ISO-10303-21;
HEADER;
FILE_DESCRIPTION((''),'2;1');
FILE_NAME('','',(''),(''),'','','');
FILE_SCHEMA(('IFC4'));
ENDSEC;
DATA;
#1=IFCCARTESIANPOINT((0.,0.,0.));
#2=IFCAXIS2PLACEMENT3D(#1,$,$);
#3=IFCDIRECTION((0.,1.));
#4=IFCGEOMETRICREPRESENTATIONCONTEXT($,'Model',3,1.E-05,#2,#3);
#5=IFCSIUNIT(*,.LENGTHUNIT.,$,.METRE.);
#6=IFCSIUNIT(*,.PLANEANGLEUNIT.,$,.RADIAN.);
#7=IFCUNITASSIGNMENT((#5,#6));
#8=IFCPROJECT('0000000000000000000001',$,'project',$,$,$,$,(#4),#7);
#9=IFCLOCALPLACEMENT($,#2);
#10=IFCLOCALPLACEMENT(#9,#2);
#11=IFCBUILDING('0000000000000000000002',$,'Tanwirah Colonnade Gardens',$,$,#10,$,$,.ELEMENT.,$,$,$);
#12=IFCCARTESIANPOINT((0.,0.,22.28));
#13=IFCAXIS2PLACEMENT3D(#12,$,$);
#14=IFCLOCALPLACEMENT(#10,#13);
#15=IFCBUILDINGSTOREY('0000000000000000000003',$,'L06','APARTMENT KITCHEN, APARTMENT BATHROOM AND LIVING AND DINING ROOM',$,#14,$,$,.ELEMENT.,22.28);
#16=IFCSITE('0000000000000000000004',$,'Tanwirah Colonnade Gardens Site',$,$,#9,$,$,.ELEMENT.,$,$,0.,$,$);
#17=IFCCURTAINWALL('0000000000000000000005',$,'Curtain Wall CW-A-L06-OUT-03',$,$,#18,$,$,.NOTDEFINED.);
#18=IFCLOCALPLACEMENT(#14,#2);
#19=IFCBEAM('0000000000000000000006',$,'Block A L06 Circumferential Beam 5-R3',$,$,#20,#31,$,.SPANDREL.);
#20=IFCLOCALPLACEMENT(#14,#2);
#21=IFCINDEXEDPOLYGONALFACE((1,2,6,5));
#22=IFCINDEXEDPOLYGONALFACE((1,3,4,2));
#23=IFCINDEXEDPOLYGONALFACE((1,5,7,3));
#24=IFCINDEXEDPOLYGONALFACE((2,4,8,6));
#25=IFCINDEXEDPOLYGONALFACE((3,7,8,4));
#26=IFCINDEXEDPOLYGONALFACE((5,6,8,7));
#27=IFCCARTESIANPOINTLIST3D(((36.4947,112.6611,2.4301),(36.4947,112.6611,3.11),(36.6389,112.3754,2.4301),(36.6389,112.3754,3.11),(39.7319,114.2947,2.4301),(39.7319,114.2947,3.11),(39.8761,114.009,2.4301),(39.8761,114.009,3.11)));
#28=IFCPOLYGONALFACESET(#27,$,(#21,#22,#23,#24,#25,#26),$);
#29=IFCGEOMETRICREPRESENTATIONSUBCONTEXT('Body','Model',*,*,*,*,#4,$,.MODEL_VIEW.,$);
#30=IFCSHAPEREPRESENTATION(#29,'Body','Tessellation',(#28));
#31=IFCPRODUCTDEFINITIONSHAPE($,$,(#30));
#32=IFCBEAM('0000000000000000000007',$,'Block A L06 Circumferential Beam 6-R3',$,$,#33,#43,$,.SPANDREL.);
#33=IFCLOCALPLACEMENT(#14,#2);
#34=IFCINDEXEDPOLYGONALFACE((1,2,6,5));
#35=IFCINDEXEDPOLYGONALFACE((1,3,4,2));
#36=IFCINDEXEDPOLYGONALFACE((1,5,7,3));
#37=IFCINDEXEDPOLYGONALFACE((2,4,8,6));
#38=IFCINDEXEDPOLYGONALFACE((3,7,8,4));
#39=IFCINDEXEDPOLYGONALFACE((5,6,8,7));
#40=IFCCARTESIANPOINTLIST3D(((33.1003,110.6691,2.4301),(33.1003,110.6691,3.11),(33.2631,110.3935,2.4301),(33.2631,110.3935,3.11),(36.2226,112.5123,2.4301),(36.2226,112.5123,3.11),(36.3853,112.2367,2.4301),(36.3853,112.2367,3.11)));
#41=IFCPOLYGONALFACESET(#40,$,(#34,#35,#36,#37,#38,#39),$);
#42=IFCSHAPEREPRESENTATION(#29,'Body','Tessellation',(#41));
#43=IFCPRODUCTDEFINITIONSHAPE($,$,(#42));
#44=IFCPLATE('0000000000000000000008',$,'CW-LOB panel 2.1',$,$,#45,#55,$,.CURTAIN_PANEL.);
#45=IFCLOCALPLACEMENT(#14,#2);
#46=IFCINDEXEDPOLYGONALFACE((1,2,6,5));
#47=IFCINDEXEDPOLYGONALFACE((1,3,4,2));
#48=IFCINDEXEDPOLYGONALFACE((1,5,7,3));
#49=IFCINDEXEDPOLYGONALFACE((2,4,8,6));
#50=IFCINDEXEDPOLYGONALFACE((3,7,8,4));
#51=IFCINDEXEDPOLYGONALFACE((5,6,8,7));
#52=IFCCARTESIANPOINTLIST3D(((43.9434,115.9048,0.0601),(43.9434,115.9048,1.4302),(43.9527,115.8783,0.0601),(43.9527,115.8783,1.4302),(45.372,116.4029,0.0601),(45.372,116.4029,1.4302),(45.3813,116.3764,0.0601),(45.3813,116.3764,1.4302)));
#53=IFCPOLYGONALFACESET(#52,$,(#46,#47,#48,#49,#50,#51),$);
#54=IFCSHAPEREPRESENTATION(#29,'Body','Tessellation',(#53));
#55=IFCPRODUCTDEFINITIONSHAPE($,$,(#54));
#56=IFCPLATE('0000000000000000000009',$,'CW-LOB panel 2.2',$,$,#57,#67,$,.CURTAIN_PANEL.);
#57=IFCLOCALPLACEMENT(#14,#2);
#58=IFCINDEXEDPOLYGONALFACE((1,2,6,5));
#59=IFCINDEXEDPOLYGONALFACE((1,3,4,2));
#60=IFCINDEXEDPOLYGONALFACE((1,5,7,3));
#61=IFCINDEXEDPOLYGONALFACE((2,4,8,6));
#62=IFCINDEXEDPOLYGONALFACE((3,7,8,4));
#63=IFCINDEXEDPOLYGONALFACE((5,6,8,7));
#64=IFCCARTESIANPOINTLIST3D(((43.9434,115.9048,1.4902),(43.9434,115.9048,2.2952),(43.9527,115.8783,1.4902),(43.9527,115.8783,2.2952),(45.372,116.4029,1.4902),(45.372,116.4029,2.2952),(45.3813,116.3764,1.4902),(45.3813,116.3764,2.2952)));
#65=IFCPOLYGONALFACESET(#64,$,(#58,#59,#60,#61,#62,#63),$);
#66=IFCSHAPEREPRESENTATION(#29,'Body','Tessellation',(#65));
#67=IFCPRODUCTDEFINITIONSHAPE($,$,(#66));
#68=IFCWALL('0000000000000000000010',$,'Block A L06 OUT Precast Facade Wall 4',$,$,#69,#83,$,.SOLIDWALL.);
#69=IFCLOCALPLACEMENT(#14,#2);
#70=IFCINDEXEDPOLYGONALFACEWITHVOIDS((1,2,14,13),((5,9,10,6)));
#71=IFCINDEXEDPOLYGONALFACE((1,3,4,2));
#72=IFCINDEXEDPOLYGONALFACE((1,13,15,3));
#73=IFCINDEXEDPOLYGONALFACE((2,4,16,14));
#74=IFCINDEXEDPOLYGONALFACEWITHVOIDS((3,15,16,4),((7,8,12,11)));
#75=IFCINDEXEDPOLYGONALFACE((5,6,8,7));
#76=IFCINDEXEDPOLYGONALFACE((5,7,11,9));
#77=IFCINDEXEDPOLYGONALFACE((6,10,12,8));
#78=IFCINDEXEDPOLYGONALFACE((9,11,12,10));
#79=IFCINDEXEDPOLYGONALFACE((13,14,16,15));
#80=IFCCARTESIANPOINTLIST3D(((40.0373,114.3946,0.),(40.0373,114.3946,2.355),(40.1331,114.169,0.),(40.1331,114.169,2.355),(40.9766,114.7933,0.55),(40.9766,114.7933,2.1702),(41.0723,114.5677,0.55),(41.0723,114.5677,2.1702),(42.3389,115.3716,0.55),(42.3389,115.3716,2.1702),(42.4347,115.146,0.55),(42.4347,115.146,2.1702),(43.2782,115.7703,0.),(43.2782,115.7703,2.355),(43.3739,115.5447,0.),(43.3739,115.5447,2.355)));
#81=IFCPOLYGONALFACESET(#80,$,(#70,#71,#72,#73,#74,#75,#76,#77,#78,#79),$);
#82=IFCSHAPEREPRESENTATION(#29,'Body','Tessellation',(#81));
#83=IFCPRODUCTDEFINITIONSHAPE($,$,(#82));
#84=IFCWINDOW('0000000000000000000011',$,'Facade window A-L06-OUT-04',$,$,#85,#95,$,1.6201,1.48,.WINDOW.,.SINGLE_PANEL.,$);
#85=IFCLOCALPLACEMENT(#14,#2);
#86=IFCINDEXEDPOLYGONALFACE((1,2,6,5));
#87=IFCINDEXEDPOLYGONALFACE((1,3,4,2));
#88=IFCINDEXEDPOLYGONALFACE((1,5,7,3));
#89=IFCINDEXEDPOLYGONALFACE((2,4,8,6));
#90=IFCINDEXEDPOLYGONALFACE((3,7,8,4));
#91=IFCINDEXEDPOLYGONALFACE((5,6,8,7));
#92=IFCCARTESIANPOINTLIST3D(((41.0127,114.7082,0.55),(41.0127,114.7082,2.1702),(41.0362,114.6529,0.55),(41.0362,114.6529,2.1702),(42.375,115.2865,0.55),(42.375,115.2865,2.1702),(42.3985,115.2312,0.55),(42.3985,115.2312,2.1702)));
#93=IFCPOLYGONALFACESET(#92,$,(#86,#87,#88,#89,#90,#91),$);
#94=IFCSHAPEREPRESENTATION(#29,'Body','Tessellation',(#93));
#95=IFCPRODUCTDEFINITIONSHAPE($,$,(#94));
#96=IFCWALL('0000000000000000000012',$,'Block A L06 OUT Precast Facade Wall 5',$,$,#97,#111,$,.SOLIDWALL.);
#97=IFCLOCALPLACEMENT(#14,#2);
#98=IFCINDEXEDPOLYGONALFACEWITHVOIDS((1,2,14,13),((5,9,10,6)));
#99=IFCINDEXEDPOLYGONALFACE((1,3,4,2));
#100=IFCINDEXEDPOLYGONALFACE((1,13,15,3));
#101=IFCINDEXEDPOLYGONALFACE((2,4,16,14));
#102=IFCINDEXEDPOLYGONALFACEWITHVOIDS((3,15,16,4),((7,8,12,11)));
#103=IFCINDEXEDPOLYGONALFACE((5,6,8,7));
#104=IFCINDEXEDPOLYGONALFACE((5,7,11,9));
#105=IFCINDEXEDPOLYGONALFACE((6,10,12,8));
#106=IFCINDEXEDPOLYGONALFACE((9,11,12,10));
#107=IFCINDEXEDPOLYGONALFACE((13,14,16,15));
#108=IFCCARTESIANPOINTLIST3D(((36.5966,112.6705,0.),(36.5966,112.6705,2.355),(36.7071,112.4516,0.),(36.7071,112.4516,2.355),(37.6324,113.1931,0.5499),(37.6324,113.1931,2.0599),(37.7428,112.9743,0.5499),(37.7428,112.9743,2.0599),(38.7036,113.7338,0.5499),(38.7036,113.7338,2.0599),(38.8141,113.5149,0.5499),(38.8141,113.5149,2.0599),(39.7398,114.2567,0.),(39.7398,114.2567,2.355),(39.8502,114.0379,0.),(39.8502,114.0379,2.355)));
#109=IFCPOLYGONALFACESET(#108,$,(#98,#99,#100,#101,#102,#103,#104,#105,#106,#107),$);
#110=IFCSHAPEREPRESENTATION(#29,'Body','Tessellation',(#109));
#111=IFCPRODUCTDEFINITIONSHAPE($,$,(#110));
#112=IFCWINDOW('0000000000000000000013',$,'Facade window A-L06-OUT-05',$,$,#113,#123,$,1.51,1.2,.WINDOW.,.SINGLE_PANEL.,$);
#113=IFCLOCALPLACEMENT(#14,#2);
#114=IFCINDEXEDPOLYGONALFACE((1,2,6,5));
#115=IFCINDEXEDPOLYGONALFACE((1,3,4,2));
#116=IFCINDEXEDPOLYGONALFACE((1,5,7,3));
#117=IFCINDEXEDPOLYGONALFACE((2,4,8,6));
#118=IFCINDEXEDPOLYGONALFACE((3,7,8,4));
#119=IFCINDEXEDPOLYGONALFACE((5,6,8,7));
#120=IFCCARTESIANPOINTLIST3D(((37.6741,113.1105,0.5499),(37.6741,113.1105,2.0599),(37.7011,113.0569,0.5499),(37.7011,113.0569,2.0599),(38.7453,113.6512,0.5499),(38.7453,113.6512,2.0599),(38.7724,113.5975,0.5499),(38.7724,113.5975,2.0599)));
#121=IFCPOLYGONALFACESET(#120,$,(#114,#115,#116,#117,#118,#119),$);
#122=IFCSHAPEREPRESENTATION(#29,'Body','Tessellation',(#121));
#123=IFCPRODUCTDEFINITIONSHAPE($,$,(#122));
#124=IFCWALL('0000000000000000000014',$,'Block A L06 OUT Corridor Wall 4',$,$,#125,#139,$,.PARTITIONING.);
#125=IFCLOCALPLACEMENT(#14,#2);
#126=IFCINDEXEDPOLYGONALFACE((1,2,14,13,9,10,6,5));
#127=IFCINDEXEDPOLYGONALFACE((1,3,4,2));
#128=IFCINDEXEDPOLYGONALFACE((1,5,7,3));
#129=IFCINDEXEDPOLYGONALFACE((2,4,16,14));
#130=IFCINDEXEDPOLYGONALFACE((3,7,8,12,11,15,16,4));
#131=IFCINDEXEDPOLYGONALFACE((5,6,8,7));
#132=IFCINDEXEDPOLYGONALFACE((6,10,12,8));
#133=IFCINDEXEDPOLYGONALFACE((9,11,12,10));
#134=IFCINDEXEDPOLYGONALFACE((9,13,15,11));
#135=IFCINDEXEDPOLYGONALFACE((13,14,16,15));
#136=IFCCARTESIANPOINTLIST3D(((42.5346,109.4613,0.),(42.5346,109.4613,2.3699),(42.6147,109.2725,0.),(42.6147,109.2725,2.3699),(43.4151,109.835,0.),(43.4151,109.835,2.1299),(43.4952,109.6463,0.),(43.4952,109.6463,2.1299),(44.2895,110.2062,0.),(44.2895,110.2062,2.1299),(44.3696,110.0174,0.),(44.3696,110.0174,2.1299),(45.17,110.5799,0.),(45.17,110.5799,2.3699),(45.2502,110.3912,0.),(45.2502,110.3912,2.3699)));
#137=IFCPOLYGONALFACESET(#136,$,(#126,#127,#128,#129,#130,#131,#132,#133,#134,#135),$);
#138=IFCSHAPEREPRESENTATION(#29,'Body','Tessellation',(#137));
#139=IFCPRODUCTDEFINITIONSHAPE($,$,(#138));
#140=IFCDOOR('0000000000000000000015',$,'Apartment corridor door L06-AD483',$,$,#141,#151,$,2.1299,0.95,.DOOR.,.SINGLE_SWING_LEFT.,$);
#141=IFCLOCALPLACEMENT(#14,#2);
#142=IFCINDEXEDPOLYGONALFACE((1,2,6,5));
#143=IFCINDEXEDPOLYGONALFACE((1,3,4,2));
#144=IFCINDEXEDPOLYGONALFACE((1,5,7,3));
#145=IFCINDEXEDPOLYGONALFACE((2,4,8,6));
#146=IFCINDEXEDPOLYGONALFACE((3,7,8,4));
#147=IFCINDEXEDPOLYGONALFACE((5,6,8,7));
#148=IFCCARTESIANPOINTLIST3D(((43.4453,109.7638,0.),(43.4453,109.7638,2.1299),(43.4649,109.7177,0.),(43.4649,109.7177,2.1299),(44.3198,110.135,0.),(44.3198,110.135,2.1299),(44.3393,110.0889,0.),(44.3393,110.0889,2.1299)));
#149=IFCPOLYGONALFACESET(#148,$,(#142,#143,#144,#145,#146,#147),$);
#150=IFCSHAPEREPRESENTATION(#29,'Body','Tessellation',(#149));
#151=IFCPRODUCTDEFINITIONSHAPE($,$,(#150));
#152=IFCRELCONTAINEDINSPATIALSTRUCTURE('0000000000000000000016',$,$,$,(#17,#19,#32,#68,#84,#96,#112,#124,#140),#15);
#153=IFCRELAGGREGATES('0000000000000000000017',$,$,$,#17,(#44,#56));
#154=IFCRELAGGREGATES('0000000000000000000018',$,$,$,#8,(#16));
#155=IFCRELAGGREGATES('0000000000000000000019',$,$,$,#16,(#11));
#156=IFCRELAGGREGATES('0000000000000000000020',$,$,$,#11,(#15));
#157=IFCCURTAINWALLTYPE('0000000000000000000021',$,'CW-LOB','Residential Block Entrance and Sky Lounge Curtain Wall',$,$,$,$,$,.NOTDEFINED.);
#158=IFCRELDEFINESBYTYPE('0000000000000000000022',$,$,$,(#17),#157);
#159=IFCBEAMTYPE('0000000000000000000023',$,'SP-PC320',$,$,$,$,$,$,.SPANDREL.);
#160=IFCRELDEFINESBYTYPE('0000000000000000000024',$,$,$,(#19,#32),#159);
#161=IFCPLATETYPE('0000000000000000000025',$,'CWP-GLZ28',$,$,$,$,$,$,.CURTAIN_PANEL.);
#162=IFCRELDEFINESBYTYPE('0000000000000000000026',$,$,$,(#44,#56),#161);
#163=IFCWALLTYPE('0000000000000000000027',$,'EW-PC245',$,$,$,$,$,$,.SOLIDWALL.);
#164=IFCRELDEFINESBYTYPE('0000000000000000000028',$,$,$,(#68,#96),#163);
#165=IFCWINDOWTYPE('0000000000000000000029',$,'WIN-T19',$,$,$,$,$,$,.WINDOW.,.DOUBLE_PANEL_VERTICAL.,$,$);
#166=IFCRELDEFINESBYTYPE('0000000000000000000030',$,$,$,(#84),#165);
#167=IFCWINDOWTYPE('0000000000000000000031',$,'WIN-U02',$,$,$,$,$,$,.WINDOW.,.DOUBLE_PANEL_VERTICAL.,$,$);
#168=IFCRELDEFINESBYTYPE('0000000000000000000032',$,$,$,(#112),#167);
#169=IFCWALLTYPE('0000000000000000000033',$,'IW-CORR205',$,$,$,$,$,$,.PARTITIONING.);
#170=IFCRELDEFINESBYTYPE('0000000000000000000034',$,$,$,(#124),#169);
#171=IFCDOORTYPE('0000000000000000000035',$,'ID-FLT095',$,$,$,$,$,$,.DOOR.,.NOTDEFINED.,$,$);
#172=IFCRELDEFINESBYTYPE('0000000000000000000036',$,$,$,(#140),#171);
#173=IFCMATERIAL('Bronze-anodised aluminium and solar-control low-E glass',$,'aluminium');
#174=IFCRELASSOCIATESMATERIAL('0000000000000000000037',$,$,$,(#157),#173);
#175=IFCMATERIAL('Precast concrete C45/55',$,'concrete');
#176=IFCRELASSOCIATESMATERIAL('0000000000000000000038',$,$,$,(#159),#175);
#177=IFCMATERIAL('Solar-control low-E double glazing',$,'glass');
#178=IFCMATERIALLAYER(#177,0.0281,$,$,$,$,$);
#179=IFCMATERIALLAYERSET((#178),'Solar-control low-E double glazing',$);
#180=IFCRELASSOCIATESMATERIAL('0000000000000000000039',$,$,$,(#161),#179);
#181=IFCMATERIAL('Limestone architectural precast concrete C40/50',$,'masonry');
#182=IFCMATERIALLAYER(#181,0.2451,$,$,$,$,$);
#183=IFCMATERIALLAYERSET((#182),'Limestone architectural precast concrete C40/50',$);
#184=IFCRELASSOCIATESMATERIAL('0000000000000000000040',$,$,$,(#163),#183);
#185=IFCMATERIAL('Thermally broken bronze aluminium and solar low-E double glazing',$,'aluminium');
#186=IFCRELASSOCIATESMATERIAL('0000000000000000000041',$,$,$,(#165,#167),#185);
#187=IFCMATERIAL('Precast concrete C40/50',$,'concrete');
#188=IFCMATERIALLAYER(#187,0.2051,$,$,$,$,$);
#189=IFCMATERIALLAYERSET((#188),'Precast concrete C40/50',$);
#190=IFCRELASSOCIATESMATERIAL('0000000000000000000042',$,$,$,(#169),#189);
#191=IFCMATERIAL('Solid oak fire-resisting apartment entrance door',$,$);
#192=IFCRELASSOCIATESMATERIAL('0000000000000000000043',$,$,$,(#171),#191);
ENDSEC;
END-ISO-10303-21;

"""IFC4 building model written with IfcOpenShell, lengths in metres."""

from ifc_helpers import new_model, si_unit, direction, frame, frame_2d, origin, origin_2d, place, context, subcontext, project, spatial, rectangle, extrude, material, layer, layer_set, material_profile, profile_set, type_object, element, fill, aggregate, save


model = new_model("IFC4")

# Units and contexts
model_context = context("Model", 3, precision=1e-05, world=origin(), true_north=direction((0.0, 1.0)))
body_context = subcontext(model_context, "Body", "Model", "MODEL_VIEW")
ifc_project = project(units=[si_unit("LENGTHUNIT", "METRE"), si_unit("PLANEANGLEUNIT", "RADIAN")], contexts=[model_context])

# Site, building, storey
site_placement = place(None, origin())
site = spatial("IfcSite", under=ifc_project, at=site_placement, Name="Tanwirah Colonnade Gardens Site", CompositionType="ELEMENT", RefElevation=0.0)
building_placement = place(site_placement, origin())
building = spatial("IfcBuilding", under=site, at=building_placement, Name="Tanwirah Colonnade Gardens", CompositionType="ELEMENT")
storey_placement = place(building_placement, frame((0.0, 0.0, 22.28)))
storey = spatial("IfcBuildingStorey", under=building, at=storey_placement, Name="L06", Description="APARTMENT KITCHEN, APARTMENT BATHROOM AND LIVING AND DINING ROOM", CompositionType="ELEMENT", Elevation=22.28)

# Shared definitions
ifc_material_1 = material(Name="Precast concrete C45/55", Category="concrete")
ifc_material_2 = material(Name="Precast concrete C40/50", Category="concrete")

# Curtain wall
ifc_material_3 = material(Name="Bronze-anodised aluminium and solar-control low-E glass", Category="aluminium")
curtain_wall_type = type_object("IfcCurtainWallType", Name="CW-LOB", Description="Residential Block Entrance and Sky Lounge Curtain Wall", PredefinedType="NOTDEFINED", material=ifc_material_3)
curtain_wall_placement = place(storey_placement, origin())
curtain_wall = element("IfcCurtainWall", 1, at=curtain_wall_placement, inside=storey, type_object=curtain_wall_type, Name="Curtain Wall CW-A-L06-OUT-03", PredefinedType="NOTDEFINED")

# Beams
ifc_material_profile_1 = material_profile(ifc_material_1, rectangle(XDim=0.3201, YDim=0.6799, at=origin_2d()), Name="PC-SP 320x680")
ifc_profile_set_1 = profile_set([ifc_material_profile_1], Name="Precast concrete C45/55")
beam_type_1 = type_object("IfcBeamType", Name="SP-PC320", PredefinedType="SPANDREL", material=ifc_profile_set_1)
beam_1_placement = place(storey_placement, frame((39.804, 114.1519, 2.77), z_axis=(-0.892765, -0.450523, 0.0), x_axis=(0.450523, -0.892765, 0.0)))
element("IfcBeam", 2, at=beam_1_placement, inside=storey, type_object=beam_type_1, Name="Block A L06 Circumferential Beam 5-R3", PredefinedType="SPANDREL", context=body_context, shape_type="SweptSolid", body=[
    extrude(rectangle(XDim=0.3201, YDim=0.6799, at=origin_2d()), origin(), (0.0, 0.0, 1.0), 3.626),
])
beam_2_placement = place(storey_placement, frame((36.304, 112.3745, 2.77), z_axis=(-0.861137, -0.508373, 0.0), x_axis=(0.508373, -0.861137, 0.0)))
element("IfcBeam", 3, at=beam_2_placement, inside=storey, type_object=beam_type_1, Name="Block A L06 Circumferential Beam 6-R3", PredefinedType="SPANDREL", context=body_context, shape_type="SweptSolid", body=[
    extrude(rectangle(XDim=0.3201, YDim=0.6799, at=origin_2d()), origin(), (0.0, 0.0, 1.0), 3.6257),
])

# Plates
ifc_material_4 = material(Name="Solar-control low-E double glazing", Category="glass")
ifc_layer_1 = layer(ifc_material_4, 0.0281)
ifc_layer_set_1 = layer_set([ifc_layer_1], Name="Solar-control low-E double glazing")
plate_type = type_object("IfcPlateType", Name="CWP-GLZ28", PredefinedType="CURTAIN_PANEL", material=ifc_layer_set_1)
plate_1_placement = place(storey_placement, frame((44.6624, 116.1406, 0.0601), z_axis=(0.0, 0.0, 1.0), x_axis=(-0.944249, -0.329233, 0.0)))
plate_1 = element("IfcPlate", 4, at=plate_1_placement, type_object=plate_type, Name="CW-LOB panel 2.1", PredefinedType="CURTAIN_PANEL", context=body_context, shape_type="SweptSolid", body=[
    extrude(rectangle(XDim=1.5129, YDim=0.0281, at=origin_2d()), origin(), (0.0, 0.0, 1.0), 1.3701),
])
plate_2_placement = place(storey_placement, frame((44.6624, 116.1406, 1.4902), z_axis=(0.0, 0.0, 1.0), x_axis=(-0.944249, -0.329233, 0.0)))
plate_2 = element("IfcPlate", 5, at=plate_2_placement, type_object=plate_type, Name="CW-LOB panel 2.2", PredefinedType="CURTAIN_PANEL", context=body_context, shape_type="SweptSolid", body=[
    extrude(rectangle(XDim=1.5129, YDim=0.0281, at=origin_2d()), origin(), (0.0, 0.0, 1.0), 0.8049),
])
aggregate(curtain_wall, [plate_1, plate_2])

# Walls, openings, windows
ifc_material_5 = material(Name="Limestone architectural precast concrete C40/50", Category="masonry")
ifc_layer_2 = layer(ifc_material_5, 0.2451)
ifc_layer_set_2 = layer_set([ifc_layer_2], Name="Limestone architectural precast concrete C40/50")
wall_type_1 = type_object("IfcWallType", Name="EW-PC245", PredefinedType="SOLIDWALL", material=ifc_layer_set_2)
wall_1_placement = place(storey_placement, frame((43.3259, 115.6575, 0.0), z_axis=(0.0, 0.0, 1.0), x_axis=(-0.920502, -0.390737, 0.0)))
wall_1 = element("IfcWall", 6, at=wall_1_placement, inside=storey, type_object=wall_type_1, Name="Block A L06 OUT Precast Facade Wall 4", PredefinedType="SOLIDWALL", context=body_context, shape_type="SweptSolid", body=[
    extrude(rectangle(XDim=3.5208, YDim=0.2451, at=frame_2d((1.7603, 0.0))), origin(), (0.0, 0.0, 1.0), 2.355),
])
opening_1_placement = place(wall_1_placement, frame((1.0203, 0.0, 0.55)))
opening_1 = element("IfcOpeningElement", 7, at=opening_1_placement, cuts=wall_1, PredefinedType="OPENING", context=body_context, shape_type="SweptSolid", body=[
    extrude(rectangle(XDim=1.48, YDim=1.6201, at=frame_2d((0.74, 0.8101))), frame((0.0, 0.1326, 0.0), z_axis=(0.0, -1.0, 0.0), x_axis=(1.0, 0.0, 0.0)), (0.0, 0.0, 1.0), 0.2651),
])
ifc_material_6 = material(Name="Thermally broken bronze aluminium and solar low-E double glazing", Category="aluminium")
window_type_1 = type_object("IfcWindowType", Name="WIN-T19", PartitioningType="DOUBLE_PANEL_VERTICAL", PredefinedType="WINDOW", material=ifc_material_6)
window_1_placement = place(opening_1_placement, origin())
window_1 = element("IfcWindow", 8, at=window_1_placement, inside=storey, type_object=window_type_1, Name="Facade window A-L06-OUT-04", OverallHeight=1.6201, OverallWidth=1.48, PartitioningType="SINGLE_PANEL", PredefinedType="WINDOW", context=body_context, shape_type="SweptSolid", body=[
    extrude(rectangle(XDim=1.48, YDim=1.6201, at=frame_2d((0.74, 0.8101))), frame((0.0, 0.03, 0.0), z_axis=(0.0, -1.0, 0.0), x_axis=(1.0, 0.0, 0.0)), (0.0, 0.0, 1.0), 0.0601),
])
fill(opening_1, window_1)
wall_2_placement = place(storey_placement, frame((39.7949, 114.1472, 0.0), z_axis=(0.0, 0.0, 1.0), x_axis=(-0.892757, -0.450539, 0.0)))
wall_2 = element("IfcWall", 9, at=wall_2_placement, inside=storey, type_object=wall_type_1, Name="Block A L06 OUT Precast Facade Wall 5", PredefinedType="SOLIDWALL", context=body_context, shape_type="SweptSolid", body=[
    extrude(rectangle(XDim=3.5208, YDim=0.2451, at=frame_2d((1.7603, 0.0))), origin(), (0.0, 0.0, 1.0), 2.355),
])
opening_2_placement = place(wall_2_placement, frame((1.1604, 0.0, 0.55)))
opening_2 = element("IfcOpeningElement", 10, at=opening_2_placement, cuts=wall_2, PredefinedType="OPENING", context=body_context, shape_type="SweptSolid", body=[
    extrude(rectangle(XDim=1.2, YDim=1.51, at=frame_2d((0.6001, 0.7549))), frame((0.0, 0.1326, 0.0), z_axis=(0.0, -1.0, 0.0), x_axis=(1.0, 0.0, 0.0)), (0.0, 0.0, 1.0), 0.2651),
])
window_type_2 = type_object("IfcWindowType", Name="WIN-U02", PartitioningType="DOUBLE_PANEL_VERTICAL", PredefinedType="WINDOW", material=ifc_material_6)
window_2_placement = place(opening_2_placement, origin())
window_2 = element("IfcWindow", 11, at=window_2_placement, inside=storey, type_object=window_type_2, Name="Facade window A-L06-OUT-05", OverallHeight=1.51, OverallWidth=1.2, PartitioningType="SINGLE_PANEL", PredefinedType="WINDOW", context=body_context, shape_type="SweptSolid", body=[
    extrude(rectangle(XDim=1.2, YDim=1.51, at=frame_2d((0.6001, 0.7549))), frame((0.0, 0.03, 0.0), z_axis=(0.0, -1.0, 0.0), x_axis=(1.0, 0.0, 0.0)), (0.0, 0.0, 1.0), 0.0601),
])
fill(opening_2, window_2)

# Wall, opening, door
ifc_layer_3 = layer(ifc_material_2, 0.2051)
ifc_layer_set_3 = layer_set([ifc_layer_3], Name="Precast concrete C40/50")
wall_type_2 = type_object("IfcWallType", Name="IW-CORR205", PredefinedType="PARTITIONING", material=ifc_layer_set_3)
wall_3_placement = place(storey_placement, frame((45.2102, 110.4856, 0.0), z_axis=(0.0, 0.0, 1.0), x_axis=(-0.920511, -0.390716, 0.0)))
wall_3 = element("IfcWall", 12, at=wall_3_placement, inside=storey, type_object=wall_type_2, Name="Block A L06 OUT Corridor Wall 4", PredefinedType="PARTITIONING", context=body_context, shape_type="SweptSolid", body=[
    extrude(rectangle(XDim=2.863, YDim=0.2051, at=frame_2d((1.4316, 0.0))), origin(), (0.0, 0.0, 1.0), 2.3699),
])
opening_3_placement = place(wall_3_placement, frame((0.9565, 0.0, 0.0)))
opening_3 = element("IfcOpeningElement", 13, at=opening_3_placement, cuts=wall_3, PredefinedType="OPENING", context=body_context, shape_type="SweptSolid", body=[
    extrude(rectangle(XDim=0.95, YDim=2.1299, at=frame_2d((0.4751, 1.0649))), frame((0.0, 0.1125, 0.0), z_axis=(0.0, -1.0, 0.0), x_axis=(1.0, 0.0, 0.0)), (0.0, 0.0, 1.0), 0.2251),
])
ifc_material_7 = material(Name="Solid oak fire-resisting apartment entrance door")
door_type_1 = type_object("IfcDoorType", Name="ID-FLT095", OperationType="NOTDEFINED", PredefinedType="DOOR", material=ifc_material_7)
door_1_placement = place(opening_3_placement, origin())
door_1 = element("IfcDoor", 14, at=door_1_placement, inside=storey, type_object=door_type_1, Name="Apartment corridor door L06-AD483", OperationType="SINGLE_SWING_LEFT", OverallHeight=2.1299, OverallWidth=0.95, PredefinedType="DOOR", context=body_context, shape_type="SweptSolid", body=[
    extrude(rectangle(XDim=0.95, YDim=2.1299, at=frame_2d((0.4751, 1.0649))), frame((0.0, 0.0249, 0.0), z_axis=(0.0, -1.0, 0.0), x_axis=(1.0, 0.0, 0.0)), (0.0, 0.0, 1.0), 0.05),
])
fill(opening_3, door_1)

save(model, "model.ifc")
